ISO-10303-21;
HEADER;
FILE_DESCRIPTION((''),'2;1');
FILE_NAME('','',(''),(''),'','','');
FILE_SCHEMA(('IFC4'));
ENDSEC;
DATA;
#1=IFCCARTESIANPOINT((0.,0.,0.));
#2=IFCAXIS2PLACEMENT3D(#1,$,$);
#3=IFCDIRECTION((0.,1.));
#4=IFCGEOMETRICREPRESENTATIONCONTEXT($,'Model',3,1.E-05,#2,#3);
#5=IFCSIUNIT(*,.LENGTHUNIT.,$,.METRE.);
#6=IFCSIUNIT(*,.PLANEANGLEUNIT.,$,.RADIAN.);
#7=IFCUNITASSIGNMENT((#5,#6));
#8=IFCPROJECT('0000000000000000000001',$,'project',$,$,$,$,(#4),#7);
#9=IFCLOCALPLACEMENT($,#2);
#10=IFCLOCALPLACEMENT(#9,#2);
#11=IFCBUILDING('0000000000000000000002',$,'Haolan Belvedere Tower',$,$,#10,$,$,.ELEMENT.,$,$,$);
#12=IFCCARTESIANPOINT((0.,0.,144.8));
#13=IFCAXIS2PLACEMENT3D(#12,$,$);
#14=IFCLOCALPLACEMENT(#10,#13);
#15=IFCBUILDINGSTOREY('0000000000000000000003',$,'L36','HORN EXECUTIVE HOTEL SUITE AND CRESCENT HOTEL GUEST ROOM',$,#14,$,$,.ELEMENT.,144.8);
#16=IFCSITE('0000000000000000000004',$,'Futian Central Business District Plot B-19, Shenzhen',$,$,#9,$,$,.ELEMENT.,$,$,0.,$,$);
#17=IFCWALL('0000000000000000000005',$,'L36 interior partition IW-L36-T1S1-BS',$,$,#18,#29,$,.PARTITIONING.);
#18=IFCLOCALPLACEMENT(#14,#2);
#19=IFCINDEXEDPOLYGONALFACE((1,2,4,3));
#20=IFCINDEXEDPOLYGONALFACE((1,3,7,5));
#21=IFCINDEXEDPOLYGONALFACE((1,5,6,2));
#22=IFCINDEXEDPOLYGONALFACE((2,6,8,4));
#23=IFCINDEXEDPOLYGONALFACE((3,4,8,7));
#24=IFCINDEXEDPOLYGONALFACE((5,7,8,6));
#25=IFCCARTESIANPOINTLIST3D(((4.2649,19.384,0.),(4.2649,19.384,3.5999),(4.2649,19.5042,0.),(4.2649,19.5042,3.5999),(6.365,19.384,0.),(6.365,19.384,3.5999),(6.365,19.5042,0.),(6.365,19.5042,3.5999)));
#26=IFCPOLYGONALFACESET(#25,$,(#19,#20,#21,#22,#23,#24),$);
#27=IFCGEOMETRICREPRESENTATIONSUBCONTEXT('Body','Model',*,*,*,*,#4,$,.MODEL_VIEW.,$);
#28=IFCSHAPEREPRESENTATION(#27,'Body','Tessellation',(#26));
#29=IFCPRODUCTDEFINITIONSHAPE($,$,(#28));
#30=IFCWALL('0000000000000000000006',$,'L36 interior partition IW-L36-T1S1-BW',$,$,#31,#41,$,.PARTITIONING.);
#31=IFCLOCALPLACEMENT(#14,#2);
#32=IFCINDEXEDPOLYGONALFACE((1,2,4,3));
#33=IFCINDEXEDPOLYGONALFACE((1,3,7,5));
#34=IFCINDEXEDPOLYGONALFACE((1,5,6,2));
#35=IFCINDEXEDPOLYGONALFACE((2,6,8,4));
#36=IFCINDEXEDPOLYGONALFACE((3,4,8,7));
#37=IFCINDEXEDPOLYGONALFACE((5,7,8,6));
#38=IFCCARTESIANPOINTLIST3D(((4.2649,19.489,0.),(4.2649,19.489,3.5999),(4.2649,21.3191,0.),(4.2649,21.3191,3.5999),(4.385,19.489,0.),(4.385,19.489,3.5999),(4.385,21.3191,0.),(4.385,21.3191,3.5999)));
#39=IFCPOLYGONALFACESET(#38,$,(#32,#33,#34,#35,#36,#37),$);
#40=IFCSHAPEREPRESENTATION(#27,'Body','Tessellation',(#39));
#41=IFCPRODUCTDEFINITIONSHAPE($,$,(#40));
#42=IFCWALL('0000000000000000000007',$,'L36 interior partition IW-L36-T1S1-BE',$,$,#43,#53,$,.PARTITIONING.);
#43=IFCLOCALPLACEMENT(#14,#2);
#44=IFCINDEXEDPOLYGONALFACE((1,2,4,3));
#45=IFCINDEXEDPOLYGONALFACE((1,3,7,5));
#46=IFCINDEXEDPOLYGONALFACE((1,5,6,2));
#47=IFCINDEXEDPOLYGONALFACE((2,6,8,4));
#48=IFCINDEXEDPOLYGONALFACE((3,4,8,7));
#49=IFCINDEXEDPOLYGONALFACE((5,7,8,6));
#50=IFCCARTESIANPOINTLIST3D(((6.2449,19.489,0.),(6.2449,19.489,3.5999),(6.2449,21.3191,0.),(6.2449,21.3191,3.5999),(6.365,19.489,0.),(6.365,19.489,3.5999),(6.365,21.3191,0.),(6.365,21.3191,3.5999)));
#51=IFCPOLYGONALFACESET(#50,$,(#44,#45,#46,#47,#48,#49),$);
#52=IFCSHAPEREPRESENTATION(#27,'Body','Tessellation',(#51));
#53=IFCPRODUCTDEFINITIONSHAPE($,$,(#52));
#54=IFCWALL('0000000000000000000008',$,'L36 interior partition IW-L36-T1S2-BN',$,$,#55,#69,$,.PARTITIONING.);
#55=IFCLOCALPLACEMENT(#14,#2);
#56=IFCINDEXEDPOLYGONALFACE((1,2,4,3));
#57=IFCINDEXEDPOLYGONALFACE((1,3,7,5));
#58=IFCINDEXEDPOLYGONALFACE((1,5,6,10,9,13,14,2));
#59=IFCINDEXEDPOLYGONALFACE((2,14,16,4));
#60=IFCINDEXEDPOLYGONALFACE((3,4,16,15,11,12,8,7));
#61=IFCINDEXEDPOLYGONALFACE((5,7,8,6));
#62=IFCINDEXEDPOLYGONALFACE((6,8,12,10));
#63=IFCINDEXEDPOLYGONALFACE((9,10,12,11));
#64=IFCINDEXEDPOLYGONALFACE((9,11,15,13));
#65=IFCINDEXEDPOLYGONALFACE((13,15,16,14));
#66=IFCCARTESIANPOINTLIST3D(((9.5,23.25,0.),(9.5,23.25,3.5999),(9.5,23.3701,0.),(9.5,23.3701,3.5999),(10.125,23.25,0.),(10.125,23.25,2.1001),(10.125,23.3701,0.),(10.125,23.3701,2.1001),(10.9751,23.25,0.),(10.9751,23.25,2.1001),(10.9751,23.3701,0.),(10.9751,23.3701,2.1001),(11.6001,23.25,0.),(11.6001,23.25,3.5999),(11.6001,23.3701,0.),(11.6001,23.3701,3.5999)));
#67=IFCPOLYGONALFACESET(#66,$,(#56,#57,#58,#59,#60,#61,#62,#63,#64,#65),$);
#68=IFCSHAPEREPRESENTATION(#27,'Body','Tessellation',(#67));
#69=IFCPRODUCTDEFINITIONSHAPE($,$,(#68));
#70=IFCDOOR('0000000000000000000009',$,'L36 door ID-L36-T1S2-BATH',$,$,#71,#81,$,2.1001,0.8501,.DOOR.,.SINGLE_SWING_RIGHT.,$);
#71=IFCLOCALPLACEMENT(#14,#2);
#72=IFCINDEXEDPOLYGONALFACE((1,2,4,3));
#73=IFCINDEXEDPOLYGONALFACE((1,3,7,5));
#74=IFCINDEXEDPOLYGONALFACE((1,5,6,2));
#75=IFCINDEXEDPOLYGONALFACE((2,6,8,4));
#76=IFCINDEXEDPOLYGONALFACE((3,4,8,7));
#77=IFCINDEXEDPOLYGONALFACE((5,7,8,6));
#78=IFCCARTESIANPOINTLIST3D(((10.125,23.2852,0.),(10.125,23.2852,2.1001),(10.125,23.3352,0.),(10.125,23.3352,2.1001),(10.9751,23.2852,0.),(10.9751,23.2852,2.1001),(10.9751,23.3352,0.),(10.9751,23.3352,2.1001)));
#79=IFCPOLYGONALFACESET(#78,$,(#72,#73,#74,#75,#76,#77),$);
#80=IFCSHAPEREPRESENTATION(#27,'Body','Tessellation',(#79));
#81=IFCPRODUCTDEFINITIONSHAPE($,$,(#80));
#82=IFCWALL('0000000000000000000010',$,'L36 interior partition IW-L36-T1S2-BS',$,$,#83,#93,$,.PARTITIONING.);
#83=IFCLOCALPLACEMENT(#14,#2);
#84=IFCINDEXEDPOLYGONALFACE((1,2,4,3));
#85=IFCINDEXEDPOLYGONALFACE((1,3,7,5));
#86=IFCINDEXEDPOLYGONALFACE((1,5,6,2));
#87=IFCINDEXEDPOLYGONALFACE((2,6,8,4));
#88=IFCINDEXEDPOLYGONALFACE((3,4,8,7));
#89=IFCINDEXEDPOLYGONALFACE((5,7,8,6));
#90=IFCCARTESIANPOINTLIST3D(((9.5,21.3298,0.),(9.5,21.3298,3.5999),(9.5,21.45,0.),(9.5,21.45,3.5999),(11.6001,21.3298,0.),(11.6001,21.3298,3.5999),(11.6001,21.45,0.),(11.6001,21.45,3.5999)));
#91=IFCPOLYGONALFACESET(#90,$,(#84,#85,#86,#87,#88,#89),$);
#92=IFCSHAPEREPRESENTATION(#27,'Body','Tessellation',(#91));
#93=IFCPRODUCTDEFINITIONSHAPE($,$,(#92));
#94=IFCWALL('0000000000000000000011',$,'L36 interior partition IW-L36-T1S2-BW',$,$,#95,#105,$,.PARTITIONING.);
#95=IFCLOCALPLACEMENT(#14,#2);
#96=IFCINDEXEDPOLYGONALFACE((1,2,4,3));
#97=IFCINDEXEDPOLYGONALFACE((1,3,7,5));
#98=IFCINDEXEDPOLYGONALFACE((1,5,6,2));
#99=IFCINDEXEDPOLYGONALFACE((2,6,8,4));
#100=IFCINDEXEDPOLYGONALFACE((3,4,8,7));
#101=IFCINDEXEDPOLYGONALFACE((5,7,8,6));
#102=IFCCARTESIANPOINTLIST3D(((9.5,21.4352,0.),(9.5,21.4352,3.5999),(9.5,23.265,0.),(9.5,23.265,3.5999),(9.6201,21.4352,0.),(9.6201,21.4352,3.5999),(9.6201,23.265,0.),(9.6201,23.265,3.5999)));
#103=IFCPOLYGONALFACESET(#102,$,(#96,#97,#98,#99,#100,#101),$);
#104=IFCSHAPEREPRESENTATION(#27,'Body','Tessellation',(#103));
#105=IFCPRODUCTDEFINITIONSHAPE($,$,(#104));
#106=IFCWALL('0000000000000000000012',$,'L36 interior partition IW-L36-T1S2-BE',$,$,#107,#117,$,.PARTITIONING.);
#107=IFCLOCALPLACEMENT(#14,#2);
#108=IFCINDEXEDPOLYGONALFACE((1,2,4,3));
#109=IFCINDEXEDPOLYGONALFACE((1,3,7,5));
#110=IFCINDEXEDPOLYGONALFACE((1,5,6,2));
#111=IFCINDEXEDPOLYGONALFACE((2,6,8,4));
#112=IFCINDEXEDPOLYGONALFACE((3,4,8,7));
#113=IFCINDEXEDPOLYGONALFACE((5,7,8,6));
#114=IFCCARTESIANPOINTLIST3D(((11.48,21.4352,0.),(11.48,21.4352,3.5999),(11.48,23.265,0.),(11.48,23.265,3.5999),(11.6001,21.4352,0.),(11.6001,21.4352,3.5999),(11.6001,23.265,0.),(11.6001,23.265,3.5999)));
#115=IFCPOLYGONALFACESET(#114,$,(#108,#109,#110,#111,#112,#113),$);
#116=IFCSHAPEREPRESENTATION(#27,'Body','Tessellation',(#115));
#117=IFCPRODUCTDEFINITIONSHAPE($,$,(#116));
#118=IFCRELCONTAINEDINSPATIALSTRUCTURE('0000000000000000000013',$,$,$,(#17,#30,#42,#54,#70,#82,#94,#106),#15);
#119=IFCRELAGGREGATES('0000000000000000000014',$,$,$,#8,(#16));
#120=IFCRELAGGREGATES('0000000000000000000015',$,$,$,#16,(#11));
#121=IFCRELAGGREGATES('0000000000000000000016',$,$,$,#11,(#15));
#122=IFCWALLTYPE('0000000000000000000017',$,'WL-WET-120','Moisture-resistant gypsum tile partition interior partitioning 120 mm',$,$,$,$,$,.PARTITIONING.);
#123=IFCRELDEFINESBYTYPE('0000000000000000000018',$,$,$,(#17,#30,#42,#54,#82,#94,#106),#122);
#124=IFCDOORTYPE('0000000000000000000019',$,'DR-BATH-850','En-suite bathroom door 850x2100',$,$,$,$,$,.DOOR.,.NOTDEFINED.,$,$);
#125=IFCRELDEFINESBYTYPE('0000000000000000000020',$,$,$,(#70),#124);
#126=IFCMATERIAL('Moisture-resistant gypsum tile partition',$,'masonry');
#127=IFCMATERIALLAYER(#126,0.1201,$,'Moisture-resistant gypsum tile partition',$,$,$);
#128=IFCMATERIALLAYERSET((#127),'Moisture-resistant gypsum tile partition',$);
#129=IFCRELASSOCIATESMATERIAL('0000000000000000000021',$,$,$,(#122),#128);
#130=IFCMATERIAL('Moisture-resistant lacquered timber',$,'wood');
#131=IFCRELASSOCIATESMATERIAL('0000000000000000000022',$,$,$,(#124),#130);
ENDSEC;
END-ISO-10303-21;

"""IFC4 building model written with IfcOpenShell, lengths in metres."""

from ifc_helpers import new_model, si_unit, direction, frame, frame_2d, origin, place, context, subcontext, project, spatial, rectangle, extrude, material, layer, layer_set, type_object, element, fill, save


model = new_model("IFC4")

# Units and contexts
model_context = context("Model", 3, precision=1e-05, world=origin(), true_north=direction((0.0, 1.0)))
body_context = subcontext(model_context, "Body", "Model", "MODEL_VIEW")
ifc_project = project(units=[si_unit("LENGTHUNIT", "METRE"), si_unit("PLANEANGLEUNIT", "RADIAN")], contexts=[model_context])

# Site, building, storey
site_placement = place(None, origin())
site = spatial("IfcSite", under=ifc_project, at=site_placement, Name="Futian Central Business District Plot B-19, Shenzhen", CompositionType="ELEMENT", RefElevation=0.0)
building_placement = place(site_placement, origin())
building = spatial("IfcBuilding", under=site, at=building_placement, Name="Haolan Belvedere Tower", CompositionType="ELEMENT")
storey_placement = place(building_placement, frame((0.0, 0.0, 144.8)))
storey = spatial("IfcBuildingStorey", under=building, at=storey_placement, Name="L36", Description="HORN EXECUTIVE HOTEL SUITE AND CRESCENT HOTEL GUEST ROOM", CompositionType="ELEMENT", Elevation=144.8)

# Shared definitions
ifc_material_1 = material(Name="Moisture-resistant gypsum tile partition", Category="masonry")
ifc_layer_1 = layer(ifc_material_1, 0.1201, Name="Moisture-resistant gypsum tile partition")
ifc_layer_set_1 = layer_set([ifc_layer_1], Name="Moisture-resistant gypsum tile partition")
wall_type_1 = type_object("IfcWallType", Name="WL-WET-120", Description="Moisture-resistant gypsum tile partition interior partitioning 120 mm", PredefinedType="PARTITIONING", material=ifc_layer_set_1)
ifc_material_2 = material(Name="Moisture-resistant lacquered timber", Category="wood")
door_type = type_object("IfcDoorType", Name="DR-BATH-850", Description="En-suite bathroom door 850x2100", OperationType="NOTDEFINED", PredefinedType="DOOR", material=ifc_material_2)

# Walls
wall_1_placement = place(storey_placement, frame((4.2649, 19.4441, 0.0), z_axis=(0.0, 0.0, 1.0), x_axis=(1.0, 0.0, 0.0)))
element("IfcWall", 1, at=wall_1_placement, inside=storey, type_object=wall_type_1, Name="L36 interior partition IW-L36-T1S1-BS", PredefinedType="PARTITIONING", context=body_context, shape_type="SweptSolid", body=[
    extrude(rectangle(XDim=2.1001, YDim=0.1201, at=frame_2d((1.05, 0.0))), origin(), (0.0, 0.0, 1.0), 3.5999),
])
for number, where, z_axis, x_axis, name in (
    (2, (4.325, 19.489, 0.0), (0.0, 0.0, 1.0), (0.0, 1.0, 0.0), "L36 interior partition IW-L36-T1S1-BW"),
    (3, (6.3049, 19.489, 0.0), (0.0, 0.0, 1.0), (0.0, 1.0, 0.0), "L36 interior partition IW-L36-T1S1-BE"),
):
    element("IfcWall", number, at=place(storey_placement, frame(where, z_axis=z_axis, x_axis=x_axis)), inside=storey, type_object=wall_type_1, Name=name, PredefinedType="PARTITIONING", context=body_context, shape_type="SweptSolid", body=[
        extrude(rectangle(XDim=1.8301, YDim=0.1201, at=frame_2d((0.915, 0.0))), origin(), (0.0, 0.0, 1.0), 3.5999),
    ])

# Wall, opening, door
wall_2_placement = place(storey_placement, frame((9.5, 23.3101, 0.0), z_axis=(0.0, 0.0, 1.0), x_axis=(1.0, 0.0, 0.0)))
wall_2 = element("IfcWall", 4, at=wall_2_placement, inside=storey, type_object=wall_type_1, Name="L36 interior partition IW-L36-T1S2-BN", PredefinedType="PARTITIONING", context=body_context, shape_type="SweptSolid", body=[
    extrude(rectangle(XDim=2.1001, YDim=0.1201, at=frame_2d((1.05, 0.0))), origin(), (0.0, 0.0, 1.0), 3.5999),
])
opening_1_placement = place(wall_2_placement, frame((1.4751, 0.0, 0.0), z_axis=(0.0, 0.0, 1.0), x_axis=(-1.0, 0.0, 0.0)))
opening_1 = element("IfcOpeningElement", 5, at=opening_1_placement, cuts=wall_2, PredefinedType="OPENING", context=body_context, shape_type="SweptSolid", body=[
    extrude(rectangle(XDim=0.8501, YDim=2.1001, at=frame_2d((0.425, 1.05))), frame((0.0, 0.0701, 0.0), z_axis=(0.0, -1.0, 0.0), x_axis=(1.0, 0.0, 0.0)), (0.0, 0.0, 1.0), 0.1401),
])
door_1_placement = place(opening_1_placement, origin())
door_1 = element("IfcDoor", 6, at=door_1_placement, inside=storey, type_object=door_type, Name="L36 door ID-L36-T1S2-BATH", OperationType="SINGLE_SWING_RIGHT", OverallHeight=2.1001, OverallWidth=0.8501, PredefinedType="DOOR", context=body_context, shape_type="SweptSolid", body=[
    extrude(rectangle(XDim=0.8501, YDim=2.1001, at=frame_2d((0.425, 1.05))), frame((0.0, 0.0249, 0.0), z_axis=(0.0, -1.0, 0.0), x_axis=(1.0, 0.0, 0.0)), (0.0, 0.0, 1.0), 0.05),
])
fill(opening_1, door_1)

# Walls
wall_3_placement = place(storey_placement, frame((9.5, 21.3899, 0.0), z_axis=(0.0, 0.0, 1.0), x_axis=(1.0, 0.0, 0.0)))
element("IfcWall", 7, at=wall_3_placement, inside=storey, type_object=wall_type_1, Name="L36 interior partition IW-L36-T1S2-BS", PredefinedType="PARTITIONING", context=body_context, shape_type="SweptSolid", body=[
    extrude(rectangle(XDim=2.1001, YDim=0.1201, at=frame_2d((1.05, 0.0))), origin(), (0.0, 0.0, 1.0), 3.5999),
])
for number, where, z_axis, x_axis, name in (
    (8, (9.5601, 21.4351, 0.0), (0.0, 0.0, 1.0), (0.0, 1.0, 0.0), "L36 interior partition IW-L36-T1S2-BW"),
    (9, (11.54, 21.4351, 0.0), (0.0, 0.0, 1.0), (0.0, 1.0, 0.0), "L36 interior partition IW-L36-T1S2-BE"),
):
    element("IfcWall", number, at=place(storey_placement, frame(where, z_axis=z_axis, x_axis=x_axis)), inside=storey, type_object=wall_type_1, Name=name, PredefinedType="PARTITIONING", context=body_context, shape_type="SweptSolid", body=[
        extrude(rectangle(XDim=1.8298, YDim=0.1201, at=frame_2d((0.915, 0.0))), origin(), (0.0, 0.0, 1.0), 3.5999),
    ])

save(model, "model.ifc")
